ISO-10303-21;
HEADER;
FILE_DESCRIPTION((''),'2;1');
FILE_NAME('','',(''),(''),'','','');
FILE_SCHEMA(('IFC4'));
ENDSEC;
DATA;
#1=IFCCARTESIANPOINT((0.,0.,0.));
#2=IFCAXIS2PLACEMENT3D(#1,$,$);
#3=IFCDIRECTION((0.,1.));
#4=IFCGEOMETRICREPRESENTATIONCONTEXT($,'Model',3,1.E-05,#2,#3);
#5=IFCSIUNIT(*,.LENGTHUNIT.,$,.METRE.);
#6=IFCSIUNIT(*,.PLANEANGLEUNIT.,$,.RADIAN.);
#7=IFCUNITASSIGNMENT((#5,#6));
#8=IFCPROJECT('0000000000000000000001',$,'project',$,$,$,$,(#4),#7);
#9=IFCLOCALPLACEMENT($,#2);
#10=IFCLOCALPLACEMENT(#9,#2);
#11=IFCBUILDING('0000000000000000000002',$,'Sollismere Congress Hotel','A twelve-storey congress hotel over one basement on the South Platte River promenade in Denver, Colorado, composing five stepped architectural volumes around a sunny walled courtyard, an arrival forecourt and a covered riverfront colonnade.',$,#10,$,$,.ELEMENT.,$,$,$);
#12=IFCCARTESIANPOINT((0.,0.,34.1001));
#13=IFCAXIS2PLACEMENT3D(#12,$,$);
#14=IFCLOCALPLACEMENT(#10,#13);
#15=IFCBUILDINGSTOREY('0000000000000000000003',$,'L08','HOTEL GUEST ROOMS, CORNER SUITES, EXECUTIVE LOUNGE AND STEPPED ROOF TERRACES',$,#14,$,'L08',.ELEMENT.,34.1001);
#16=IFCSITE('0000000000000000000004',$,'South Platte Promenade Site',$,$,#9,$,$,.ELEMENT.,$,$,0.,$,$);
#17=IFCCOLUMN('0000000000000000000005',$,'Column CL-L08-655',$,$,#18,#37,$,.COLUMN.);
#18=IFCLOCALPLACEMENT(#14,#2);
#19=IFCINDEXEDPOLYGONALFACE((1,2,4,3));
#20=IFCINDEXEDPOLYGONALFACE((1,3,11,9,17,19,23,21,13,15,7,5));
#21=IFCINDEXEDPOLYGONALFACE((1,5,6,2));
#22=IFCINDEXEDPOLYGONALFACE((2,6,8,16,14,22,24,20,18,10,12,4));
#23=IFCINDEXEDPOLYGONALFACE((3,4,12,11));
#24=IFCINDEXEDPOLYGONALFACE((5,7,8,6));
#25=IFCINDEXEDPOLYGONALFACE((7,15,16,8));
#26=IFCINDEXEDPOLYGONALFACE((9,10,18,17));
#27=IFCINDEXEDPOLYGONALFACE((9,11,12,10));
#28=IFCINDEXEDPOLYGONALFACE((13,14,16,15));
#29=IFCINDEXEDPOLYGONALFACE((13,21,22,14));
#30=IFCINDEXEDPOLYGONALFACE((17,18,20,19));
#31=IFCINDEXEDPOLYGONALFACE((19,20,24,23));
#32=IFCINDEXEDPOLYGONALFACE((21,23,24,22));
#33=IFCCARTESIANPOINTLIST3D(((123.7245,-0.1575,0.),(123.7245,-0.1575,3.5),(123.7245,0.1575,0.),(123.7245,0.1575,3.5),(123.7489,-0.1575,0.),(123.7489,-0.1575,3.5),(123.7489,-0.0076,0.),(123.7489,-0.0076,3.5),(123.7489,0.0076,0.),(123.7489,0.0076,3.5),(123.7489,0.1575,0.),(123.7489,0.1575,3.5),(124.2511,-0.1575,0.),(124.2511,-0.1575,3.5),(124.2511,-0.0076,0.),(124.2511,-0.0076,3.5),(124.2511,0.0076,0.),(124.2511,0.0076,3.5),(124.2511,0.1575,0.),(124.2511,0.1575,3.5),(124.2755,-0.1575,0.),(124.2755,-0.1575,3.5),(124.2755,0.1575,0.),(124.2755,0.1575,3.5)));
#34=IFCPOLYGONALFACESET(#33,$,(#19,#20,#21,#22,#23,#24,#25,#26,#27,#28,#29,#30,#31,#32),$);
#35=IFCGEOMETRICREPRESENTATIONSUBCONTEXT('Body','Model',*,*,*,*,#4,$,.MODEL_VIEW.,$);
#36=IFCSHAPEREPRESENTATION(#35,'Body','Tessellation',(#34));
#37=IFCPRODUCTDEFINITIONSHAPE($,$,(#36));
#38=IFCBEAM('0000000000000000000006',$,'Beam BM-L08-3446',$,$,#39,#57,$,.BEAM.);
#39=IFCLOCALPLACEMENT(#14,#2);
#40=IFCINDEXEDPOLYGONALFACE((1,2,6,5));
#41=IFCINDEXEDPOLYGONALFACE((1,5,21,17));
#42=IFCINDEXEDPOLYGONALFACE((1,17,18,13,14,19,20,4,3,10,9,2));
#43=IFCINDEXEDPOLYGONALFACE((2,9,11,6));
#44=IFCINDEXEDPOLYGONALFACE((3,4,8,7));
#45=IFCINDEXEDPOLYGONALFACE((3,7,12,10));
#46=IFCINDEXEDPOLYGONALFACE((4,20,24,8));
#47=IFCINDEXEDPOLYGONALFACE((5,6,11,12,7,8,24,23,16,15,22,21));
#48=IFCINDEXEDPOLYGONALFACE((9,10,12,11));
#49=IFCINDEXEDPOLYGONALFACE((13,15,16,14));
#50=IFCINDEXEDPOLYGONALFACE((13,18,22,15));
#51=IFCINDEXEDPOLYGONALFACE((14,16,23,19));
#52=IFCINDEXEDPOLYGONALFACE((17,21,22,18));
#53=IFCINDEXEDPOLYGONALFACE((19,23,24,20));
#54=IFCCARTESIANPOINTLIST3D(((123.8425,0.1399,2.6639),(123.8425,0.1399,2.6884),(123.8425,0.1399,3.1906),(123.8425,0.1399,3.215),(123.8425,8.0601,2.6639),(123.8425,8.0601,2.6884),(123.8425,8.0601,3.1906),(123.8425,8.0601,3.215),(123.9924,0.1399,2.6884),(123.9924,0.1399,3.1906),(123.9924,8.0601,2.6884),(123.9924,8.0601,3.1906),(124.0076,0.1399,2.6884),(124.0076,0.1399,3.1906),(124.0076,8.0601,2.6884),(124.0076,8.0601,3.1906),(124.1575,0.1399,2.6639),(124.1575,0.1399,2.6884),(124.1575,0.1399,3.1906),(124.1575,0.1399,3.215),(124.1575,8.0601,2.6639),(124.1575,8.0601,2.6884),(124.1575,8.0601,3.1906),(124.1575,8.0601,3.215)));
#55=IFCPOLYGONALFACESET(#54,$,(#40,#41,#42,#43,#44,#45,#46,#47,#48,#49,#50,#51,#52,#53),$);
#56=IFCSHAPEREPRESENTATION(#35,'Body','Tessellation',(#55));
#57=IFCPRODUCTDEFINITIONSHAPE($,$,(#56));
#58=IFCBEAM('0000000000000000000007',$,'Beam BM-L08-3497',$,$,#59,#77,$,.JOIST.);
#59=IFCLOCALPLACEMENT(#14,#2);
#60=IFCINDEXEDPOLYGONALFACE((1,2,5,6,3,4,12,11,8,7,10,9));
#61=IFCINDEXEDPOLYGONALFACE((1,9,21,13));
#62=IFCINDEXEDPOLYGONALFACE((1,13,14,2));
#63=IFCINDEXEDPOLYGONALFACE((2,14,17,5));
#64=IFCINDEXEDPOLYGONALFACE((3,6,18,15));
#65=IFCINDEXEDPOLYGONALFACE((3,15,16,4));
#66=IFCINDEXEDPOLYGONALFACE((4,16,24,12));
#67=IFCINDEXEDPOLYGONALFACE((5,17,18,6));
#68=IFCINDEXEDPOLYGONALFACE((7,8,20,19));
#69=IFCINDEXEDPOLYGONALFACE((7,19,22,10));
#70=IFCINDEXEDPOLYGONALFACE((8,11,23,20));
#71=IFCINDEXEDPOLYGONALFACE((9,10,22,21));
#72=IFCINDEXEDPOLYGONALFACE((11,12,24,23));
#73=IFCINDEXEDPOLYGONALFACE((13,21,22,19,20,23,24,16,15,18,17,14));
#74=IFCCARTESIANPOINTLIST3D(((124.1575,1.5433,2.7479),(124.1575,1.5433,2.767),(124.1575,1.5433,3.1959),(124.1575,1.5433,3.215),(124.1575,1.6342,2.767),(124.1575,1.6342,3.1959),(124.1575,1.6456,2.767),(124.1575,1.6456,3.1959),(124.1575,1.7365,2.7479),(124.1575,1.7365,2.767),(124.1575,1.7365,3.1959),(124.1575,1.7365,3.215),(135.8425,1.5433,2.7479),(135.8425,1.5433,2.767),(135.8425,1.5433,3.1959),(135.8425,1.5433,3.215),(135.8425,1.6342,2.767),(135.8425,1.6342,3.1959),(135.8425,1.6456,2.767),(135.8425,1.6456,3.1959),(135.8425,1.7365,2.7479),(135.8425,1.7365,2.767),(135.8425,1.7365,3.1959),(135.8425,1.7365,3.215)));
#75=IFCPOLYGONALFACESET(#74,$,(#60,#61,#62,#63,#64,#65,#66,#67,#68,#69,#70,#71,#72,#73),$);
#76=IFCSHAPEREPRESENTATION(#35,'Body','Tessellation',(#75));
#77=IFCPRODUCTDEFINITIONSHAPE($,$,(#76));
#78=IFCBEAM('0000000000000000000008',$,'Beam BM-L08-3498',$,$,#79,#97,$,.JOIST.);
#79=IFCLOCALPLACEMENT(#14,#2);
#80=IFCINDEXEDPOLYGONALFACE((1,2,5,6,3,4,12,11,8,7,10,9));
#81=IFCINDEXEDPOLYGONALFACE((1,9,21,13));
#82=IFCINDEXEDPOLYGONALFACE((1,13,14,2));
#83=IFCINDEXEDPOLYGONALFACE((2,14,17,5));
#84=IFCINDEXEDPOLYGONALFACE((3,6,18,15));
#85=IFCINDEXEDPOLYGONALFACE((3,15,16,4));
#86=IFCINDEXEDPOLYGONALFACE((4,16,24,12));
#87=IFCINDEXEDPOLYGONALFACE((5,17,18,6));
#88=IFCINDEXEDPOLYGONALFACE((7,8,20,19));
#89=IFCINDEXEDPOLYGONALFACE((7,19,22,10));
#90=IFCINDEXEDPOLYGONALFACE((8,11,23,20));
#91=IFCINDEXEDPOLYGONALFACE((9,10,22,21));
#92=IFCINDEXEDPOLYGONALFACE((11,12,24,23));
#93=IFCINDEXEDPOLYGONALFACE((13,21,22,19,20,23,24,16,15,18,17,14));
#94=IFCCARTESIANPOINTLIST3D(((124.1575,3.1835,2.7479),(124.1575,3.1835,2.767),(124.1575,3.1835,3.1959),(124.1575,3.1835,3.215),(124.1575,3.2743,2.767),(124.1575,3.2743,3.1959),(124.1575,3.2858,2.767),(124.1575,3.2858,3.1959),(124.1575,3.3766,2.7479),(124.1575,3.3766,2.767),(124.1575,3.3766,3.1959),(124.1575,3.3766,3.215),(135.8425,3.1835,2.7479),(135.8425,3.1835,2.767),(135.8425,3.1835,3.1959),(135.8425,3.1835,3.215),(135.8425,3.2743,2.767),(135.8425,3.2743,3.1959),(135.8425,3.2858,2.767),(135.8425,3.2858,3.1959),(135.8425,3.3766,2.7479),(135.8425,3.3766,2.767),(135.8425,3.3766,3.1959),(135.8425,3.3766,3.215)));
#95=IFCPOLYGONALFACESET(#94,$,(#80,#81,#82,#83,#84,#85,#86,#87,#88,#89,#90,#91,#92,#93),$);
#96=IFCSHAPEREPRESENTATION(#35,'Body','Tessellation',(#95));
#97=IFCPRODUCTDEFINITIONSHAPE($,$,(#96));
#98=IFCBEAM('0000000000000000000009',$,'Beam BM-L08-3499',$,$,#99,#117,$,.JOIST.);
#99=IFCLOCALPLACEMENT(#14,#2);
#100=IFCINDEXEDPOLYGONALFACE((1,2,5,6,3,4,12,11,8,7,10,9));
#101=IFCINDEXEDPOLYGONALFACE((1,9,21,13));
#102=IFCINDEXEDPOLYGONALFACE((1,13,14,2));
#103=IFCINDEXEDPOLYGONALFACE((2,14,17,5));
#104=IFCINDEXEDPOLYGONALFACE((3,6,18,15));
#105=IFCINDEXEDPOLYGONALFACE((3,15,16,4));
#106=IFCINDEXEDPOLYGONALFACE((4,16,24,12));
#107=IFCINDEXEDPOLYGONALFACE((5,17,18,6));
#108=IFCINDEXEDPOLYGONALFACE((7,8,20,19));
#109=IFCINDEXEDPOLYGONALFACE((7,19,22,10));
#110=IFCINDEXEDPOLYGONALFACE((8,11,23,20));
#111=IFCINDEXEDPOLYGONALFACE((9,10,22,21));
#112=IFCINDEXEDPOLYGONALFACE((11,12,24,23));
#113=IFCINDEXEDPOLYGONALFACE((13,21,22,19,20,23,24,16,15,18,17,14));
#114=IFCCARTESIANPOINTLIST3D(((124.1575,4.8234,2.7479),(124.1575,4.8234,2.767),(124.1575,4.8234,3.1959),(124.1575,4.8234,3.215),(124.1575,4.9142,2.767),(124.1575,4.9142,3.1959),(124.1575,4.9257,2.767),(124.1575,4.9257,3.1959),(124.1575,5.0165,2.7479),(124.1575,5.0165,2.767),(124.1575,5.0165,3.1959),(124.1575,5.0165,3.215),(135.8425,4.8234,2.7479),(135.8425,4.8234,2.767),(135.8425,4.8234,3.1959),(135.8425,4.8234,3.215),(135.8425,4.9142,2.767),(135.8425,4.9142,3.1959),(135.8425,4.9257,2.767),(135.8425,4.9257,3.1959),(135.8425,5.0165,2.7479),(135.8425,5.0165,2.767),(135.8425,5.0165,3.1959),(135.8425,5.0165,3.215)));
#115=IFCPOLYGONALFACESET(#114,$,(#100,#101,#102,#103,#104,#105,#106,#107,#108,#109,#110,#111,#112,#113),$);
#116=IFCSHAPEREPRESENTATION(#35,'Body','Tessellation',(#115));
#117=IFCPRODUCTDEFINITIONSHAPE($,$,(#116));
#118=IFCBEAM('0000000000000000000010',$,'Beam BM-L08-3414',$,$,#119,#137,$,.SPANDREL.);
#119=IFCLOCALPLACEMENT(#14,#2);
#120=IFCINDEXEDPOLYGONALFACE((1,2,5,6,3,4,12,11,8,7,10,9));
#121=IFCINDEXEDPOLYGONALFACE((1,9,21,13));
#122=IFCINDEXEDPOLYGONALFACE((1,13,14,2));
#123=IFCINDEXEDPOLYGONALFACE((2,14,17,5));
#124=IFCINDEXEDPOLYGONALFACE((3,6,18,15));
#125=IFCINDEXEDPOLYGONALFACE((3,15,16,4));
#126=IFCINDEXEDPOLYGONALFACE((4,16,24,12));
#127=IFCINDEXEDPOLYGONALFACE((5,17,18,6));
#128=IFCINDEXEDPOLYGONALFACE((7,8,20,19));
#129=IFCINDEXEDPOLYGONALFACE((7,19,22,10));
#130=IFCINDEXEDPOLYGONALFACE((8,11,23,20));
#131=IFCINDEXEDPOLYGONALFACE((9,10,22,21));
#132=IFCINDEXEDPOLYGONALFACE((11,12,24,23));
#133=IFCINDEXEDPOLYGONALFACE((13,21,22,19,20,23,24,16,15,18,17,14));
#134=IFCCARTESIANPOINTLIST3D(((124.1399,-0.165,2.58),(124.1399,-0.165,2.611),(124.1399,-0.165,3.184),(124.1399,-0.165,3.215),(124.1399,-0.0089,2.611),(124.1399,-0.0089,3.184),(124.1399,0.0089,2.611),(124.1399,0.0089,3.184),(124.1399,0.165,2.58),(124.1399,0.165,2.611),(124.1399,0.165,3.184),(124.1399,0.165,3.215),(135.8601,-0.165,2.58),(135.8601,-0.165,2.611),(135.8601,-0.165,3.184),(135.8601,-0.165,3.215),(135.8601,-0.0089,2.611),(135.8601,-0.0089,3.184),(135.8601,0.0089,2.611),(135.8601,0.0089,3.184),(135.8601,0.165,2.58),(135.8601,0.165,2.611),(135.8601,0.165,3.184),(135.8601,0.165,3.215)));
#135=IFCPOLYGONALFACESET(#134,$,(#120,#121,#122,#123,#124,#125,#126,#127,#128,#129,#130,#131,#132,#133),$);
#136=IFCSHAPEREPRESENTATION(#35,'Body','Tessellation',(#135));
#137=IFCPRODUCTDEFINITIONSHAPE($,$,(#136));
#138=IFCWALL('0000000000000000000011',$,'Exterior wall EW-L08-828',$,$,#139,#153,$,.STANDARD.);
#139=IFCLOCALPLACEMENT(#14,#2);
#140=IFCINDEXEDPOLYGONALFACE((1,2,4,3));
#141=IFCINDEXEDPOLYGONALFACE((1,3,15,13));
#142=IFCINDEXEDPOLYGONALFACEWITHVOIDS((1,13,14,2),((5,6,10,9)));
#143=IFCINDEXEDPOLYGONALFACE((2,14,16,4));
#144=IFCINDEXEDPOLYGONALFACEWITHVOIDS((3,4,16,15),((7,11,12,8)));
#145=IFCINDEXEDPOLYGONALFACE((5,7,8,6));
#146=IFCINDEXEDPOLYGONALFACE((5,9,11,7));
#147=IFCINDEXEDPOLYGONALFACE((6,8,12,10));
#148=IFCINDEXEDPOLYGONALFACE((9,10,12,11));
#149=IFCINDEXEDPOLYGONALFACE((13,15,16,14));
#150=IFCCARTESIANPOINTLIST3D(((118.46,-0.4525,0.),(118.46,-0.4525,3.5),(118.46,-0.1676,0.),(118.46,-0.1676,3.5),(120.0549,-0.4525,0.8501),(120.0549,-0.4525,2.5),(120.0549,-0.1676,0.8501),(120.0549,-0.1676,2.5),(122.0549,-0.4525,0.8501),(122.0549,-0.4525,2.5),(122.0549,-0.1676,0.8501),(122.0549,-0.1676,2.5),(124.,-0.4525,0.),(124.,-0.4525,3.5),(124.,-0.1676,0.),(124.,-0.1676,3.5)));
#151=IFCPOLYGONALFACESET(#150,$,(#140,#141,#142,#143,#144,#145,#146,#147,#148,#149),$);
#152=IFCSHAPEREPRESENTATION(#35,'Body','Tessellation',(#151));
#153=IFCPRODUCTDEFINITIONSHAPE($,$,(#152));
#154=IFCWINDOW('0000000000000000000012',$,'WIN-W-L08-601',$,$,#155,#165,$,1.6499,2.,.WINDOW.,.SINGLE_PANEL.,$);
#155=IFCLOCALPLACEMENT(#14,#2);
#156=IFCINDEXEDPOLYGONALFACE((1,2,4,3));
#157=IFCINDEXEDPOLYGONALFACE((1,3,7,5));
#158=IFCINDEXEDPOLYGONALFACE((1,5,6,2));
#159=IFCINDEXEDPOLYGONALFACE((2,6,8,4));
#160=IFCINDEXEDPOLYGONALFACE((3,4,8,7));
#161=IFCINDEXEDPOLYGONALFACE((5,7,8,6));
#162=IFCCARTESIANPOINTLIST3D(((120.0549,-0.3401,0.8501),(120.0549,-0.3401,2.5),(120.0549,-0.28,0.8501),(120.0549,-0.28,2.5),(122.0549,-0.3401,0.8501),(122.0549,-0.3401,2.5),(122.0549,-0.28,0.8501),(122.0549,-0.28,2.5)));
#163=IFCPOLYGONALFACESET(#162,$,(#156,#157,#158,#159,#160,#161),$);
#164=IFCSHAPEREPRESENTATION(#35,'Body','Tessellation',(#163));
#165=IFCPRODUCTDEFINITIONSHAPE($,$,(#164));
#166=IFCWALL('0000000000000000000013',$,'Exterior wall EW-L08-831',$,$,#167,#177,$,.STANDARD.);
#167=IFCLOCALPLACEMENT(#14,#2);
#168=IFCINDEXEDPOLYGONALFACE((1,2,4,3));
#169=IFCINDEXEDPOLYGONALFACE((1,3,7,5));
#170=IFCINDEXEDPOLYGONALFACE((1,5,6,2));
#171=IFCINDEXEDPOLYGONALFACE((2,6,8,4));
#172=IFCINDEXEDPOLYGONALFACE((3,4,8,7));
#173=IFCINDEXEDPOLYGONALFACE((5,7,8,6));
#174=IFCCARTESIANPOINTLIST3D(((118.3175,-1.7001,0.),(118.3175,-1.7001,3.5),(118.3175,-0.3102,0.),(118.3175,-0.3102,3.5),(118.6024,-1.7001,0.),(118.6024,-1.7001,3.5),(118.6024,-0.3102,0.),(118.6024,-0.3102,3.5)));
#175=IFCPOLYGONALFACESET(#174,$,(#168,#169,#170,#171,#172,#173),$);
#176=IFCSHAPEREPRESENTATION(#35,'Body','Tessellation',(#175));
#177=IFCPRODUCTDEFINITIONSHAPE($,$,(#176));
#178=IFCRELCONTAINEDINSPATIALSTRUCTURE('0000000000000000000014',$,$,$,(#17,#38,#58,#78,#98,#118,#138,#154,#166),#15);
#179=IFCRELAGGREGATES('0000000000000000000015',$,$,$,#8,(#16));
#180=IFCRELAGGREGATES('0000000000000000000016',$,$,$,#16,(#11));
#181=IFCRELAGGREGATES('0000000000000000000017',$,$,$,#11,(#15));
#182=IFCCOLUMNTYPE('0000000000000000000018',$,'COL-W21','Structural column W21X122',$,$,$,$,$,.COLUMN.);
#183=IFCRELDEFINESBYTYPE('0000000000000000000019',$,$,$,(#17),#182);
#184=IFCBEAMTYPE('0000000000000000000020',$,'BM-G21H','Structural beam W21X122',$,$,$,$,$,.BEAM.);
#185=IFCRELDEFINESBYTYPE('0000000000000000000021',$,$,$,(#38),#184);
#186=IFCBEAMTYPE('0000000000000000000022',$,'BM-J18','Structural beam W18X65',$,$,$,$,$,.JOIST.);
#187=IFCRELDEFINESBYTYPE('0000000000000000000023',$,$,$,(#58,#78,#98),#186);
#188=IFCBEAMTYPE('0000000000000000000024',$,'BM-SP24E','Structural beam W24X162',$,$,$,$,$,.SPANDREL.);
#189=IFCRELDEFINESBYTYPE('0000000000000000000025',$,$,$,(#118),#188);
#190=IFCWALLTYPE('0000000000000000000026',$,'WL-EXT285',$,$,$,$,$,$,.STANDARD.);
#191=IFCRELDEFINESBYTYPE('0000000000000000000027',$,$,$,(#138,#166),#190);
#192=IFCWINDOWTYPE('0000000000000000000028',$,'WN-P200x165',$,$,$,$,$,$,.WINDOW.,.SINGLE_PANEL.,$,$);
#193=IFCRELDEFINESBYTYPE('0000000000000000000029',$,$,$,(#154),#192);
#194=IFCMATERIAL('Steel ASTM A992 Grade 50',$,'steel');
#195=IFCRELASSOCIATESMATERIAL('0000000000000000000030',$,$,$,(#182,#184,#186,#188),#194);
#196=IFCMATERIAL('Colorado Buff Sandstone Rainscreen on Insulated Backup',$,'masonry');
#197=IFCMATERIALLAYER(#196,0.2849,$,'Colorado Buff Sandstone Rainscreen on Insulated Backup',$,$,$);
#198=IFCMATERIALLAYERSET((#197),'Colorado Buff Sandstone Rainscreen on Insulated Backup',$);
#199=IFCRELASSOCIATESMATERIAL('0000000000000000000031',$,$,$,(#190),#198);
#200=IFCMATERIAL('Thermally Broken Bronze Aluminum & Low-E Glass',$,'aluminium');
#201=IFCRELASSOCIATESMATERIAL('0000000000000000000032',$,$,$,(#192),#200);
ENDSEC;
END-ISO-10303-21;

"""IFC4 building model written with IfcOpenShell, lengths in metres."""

from ifc_helpers import new_model, si_unit, direction, frame, frame_2d, origin, origin_2d, place, context, subcontext, project, spatial, rectangle, i_section, extrude, material, layer, layer_set, material_profile, profile_set, type_object, element, fill, save


model = new_model("IFC4")

# Units and contexts
model_context = context("Model", 3, precision=1e-05, world=origin(), true_north=direction((0.0, 1.0)))
body_context = subcontext(model_context, "Body", "Model", "MODEL_VIEW")
ifc_project = project(units=[si_unit("LENGTHUNIT", "METRE"), si_unit("PLANEANGLEUNIT", "RADIAN")], contexts=[model_context])

# Site, building, storey
site_placement = place(None, origin())
site = spatial("IfcSite", under=ifc_project, at=site_placement, Name="South Platte Promenade Site", CompositionType="ELEMENT", RefElevation=0.0)
building_placement = place(site_placement, origin())
building = spatial("IfcBuilding", under=site, at=building_placement, Name="Sollismere Congress Hotel", Description="A twelve-storey congress hotel over one basement on the South Platte River promenade in Denver, Colorado, composing five stepped architectural volumes around a sunny walled courtyard, an arrival forecourt and a covered riverfront colonnade.", CompositionType="ELEMENT")
storey_placement = place(building_placement, frame((0.0, 0.0, 34.1001)))
storey = spatial("IfcBuildingStorey", under=building, at=storey_placement, Name="L08", Description="HOTEL GUEST ROOMS, CORNER SUITES, EXECUTIVE LOUNGE AND STEPPED ROOF TERRACES", LongName="L08", CompositionType="ELEMENT", Elevation=34.1001)

# Column
ifc_material_1 = material(Name="Steel ASTM A992 Grade 50", Category="steel")
ifc_material_profile_1 = material_profile(ifc_material_1, i_section(OverallWidth=0.3149, OverallDepth=0.551, WebThickness=0.0151, FlangeThickness=0.0244, at=origin_2d()), Name="W21X122")
ifc_profile_set_1 = profile_set([ifc_material_profile_1], Name="Steel ASTM A992 Grade 50")
column_type = type_object("IfcColumnType", Name="COL-W21", Description="Structural column W21X122", PredefinedType="COLUMN", material=ifc_profile_set_1)
column_placement = place(storey_placement, frame((124.0, 0.0, 0.0), z_axis=(0.0, 0.0, 1.0), x_axis=(0.0, 1.0, 0.0)))
element("IfcColumn", 1, at=column_placement, inside=storey, type_object=column_type, Name="Column CL-L08-655", PredefinedType="COLUMN", context=body_context, shape_type="SweptSolid", body=[
    extrude(i_section(OverallWidth=0.3149, OverallDepth=0.551, WebThickness=0.0151, FlangeThickness=0.0244, at=origin_2d()), origin(), (0.0, 0.0, 1.0), 3.5),
])

# Beams
ifc_material_profile_2 = material_profile(ifc_material_1, i_section(OverallWidth=0.3149, OverallDepth=0.551, WebThickness=0.0151, FlangeThickness=0.0244, at=origin_2d()), Name="W21X122")
ifc_profile_set_2 = profile_set([ifc_material_profile_2], Name="Steel ASTM A992 Grade 50")
beam_type_1 = type_object("IfcBeamType", Name="BM-G21H", Description="Structural beam W21X122", PredefinedType="BEAM", material=ifc_profile_set_2)
beam_1_placement = place(storey_placement, frame((124.0, 0.1399, 2.9395), z_axis=(0.0, 1.0, 0.0), x_axis=(-1.0, 0.0, 0.0)))
element("IfcBeam", 2, at=beam_1_placement, inside=storey, type_object=beam_type_1, Name="Beam BM-L08-3446", PredefinedType="BEAM", context=body_context, shape_type="SweptSolid", body=[
    extrude(i_section(OverallWidth=0.3149, OverallDepth=0.551, WebThickness=0.0151, FlangeThickness=0.0244, at=origin_2d()), origin(), (0.0, 0.0, 1.0), 7.9202),
])
ifc_material_profile_3 = material_profile(ifc_material_1, i_section(OverallWidth=0.1931, OverallDepth=0.467, WebThickness=0.0115, FlangeThickness=0.019, at=origin_2d()), Name="W18X65")
ifc_profile_set_3 = profile_set([ifc_material_profile_3], Name="Steel ASTM A992 Grade 50")
beam_type_2 = type_object("IfcBeamType", Name="BM-J18", Description="Structural beam W18X65", PredefinedType="JOIST", material=ifc_profile_set_3)
for number, where, z_axis, x_axis, name in (
    (3, (124.1575, 1.6399, 2.9814), (1.0, 0.0, 0.0), (0.0, 1.0, 0.0), "Beam BM-L08-3497"),
    (4, (124.1575, 3.28, 2.9814), (1.0, 0.0, 0.0), (0.0, 1.0, 0.0), "Beam BM-L08-3498"),
    (5, (124.1575, 4.9199, 2.9814), (1.0, 0.0, 0.0), (0.0, 1.0, 0.0), "Beam BM-L08-3499"),
):
    element("IfcBeam", number, at=place(storey_placement, frame(where, z_axis=z_axis, x_axis=x_axis)), inside=storey, type_object=beam_type_2, Name=name, PredefinedType="JOIST", context=body_context, shape_type="SweptSolid", body=[
        extrude(i_section(OverallWidth=0.1931, OverallDepth=0.467, WebThickness=0.0115, FlangeThickness=0.019, at=origin_2d()), origin(), (0.0, 0.0, 1.0), 11.6851),
    ])
ifc_material_profile_4 = material_profile(ifc_material_1, i_section(OverallWidth=0.3301, OverallDepth=0.635, WebThickness=0.0178, FlangeThickness=0.031, at=origin_2d()), Name="W24X162")
ifc_profile_set_4 = profile_set([ifc_material_profile_4], Name="Steel ASTM A992 Grade 50")
beam_type_3 = type_object("IfcBeamType", Name="BM-SP24E", Description="Structural beam W24X162", PredefinedType="SPANDREL", material=ifc_profile_set_4)
beam_2_placement = place(storey_placement, frame((124.1399, 0.0, 2.8975), z_axis=(1.0, 0.0, 0.0), x_axis=(0.0, 1.0, 0.0)))
element("IfcBeam", 6, at=beam_2_placement, inside=storey, type_object=beam_type_3, Name="Beam BM-L08-3414", PredefinedType="SPANDREL", context=body_context, shape_type="SweptSolid", body=[
    extrude(i_section(OverallWidth=0.3301, OverallDepth=0.635, WebThickness=0.0178, FlangeThickness=0.031, at=origin_2d()), origin(), (0.0, 0.0, 1.0), 11.7202),
])

# Wall, opening, window
ifc_material_2 = material(Name="Colorado Buff Sandstone Rainscreen on Insulated Backup", Category="masonry")
ifc_layer_1 = layer(ifc_material_2, 0.2849, Name="Colorado Buff Sandstone Rainscreen on Insulated Backup")
ifc_layer_set_1 = layer_set([ifc_layer_1], Name="Colorado Buff Sandstone Rainscreen on Insulated Backup")
wall_type_1 = type_object("IfcWallType", Name="WL-EXT285", PredefinedType="STANDARD", material=ifc_layer_set_1)
wall_1_placement = place(storey_placement, frame((118.46, -0.3101, 0.0), z_axis=(0.0, 0.0, 1.0), x_axis=(1.0, 0.0, 0.0)))
wall_1 = element("IfcWall", 7, at=wall_1_placement, inside=storey, type_object=wall_type_1, Name="Exterior wall EW-L08-828", PredefinedType="STANDARD", context=body_context, shape_type="SweptSolid", body=[
    extrude(rectangle(XDim=5.54, YDim=0.2849, at=frame_2d((2.77, 0.0))), origin(), (0.0, 0.0, 1.0), 3.5),
])
opening_1_placement = place(wall_1_placement, frame((1.595, 0.0, 0.8501)))
opening_1 = element("IfcOpeningElement", 8, at=opening_1_placement, cuts=wall_1, PredefinedType="OPENING", context=body_context, shape_type="SweptSolid", body=[
    extrude(rectangle(XDim=2.0, YDim=1.6499, at=frame_2d((1.0, 0.825))), frame((0.0, 0.1523, 0.0), z_axis=(0.0, -1.0, 0.0), x_axis=(1.0, 0.0, 0.0)), (0.0, 0.0, 1.0), 0.3049),
])
ifc_material_3 = material(Name="Thermally Broken Bronze Aluminum & Low-E Glass", Category="aluminium")
window_type = type_object("IfcWindowType", Name="WN-P200x165", PartitioningType="SINGLE_PANEL", PredefinedType="WINDOW", material=ifc_material_3)
window_1_placement = place(opening_1_placement, origin())
window_1 = element("IfcWindow", 9, at=window_1_placement, inside=storey, type_object=window_type, Name="WIN-W-L08-601", OverallHeight=1.6499, OverallWidth=2.0, PartitioningType="SINGLE_PANEL", PredefinedType="WINDOW", context=body_context, shape_type="SweptSolid", body=[
    extrude(rectangle(XDim=2.0, YDim=1.6499, at=frame_2d((1.0, 0.825))), frame((0.0, 0.03, 0.0), z_axis=(0.0, -1.0, 0.0), x_axis=(1.0, 0.0, 0.0)), (0.0, 0.0, 1.0), 0.0601),
])
fill(opening_1, window_1)

# Wall
wall_2_placement = place(storey_placement, frame((118.46, -1.7, 0.0), z_axis=(0.0, 0.0, 1.0), x_axis=(0.0, 1.0, 0.0)))
element("IfcWall", 10, at=wall_2_placement, inside=storey, type_object=wall_type_1, Name="Exterior wall EW-L08-831", PredefinedType="STANDARD", context=body_context, shape_type="SweptSolid", body=[
    extrude(rectangle(XDim=1.3899, YDim=0.2849, at=frame_2d((0.6948, 0.0))), origin(), (0.0, 0.0, 1.0), 3.5),
])

save(model, "model.ifc")
